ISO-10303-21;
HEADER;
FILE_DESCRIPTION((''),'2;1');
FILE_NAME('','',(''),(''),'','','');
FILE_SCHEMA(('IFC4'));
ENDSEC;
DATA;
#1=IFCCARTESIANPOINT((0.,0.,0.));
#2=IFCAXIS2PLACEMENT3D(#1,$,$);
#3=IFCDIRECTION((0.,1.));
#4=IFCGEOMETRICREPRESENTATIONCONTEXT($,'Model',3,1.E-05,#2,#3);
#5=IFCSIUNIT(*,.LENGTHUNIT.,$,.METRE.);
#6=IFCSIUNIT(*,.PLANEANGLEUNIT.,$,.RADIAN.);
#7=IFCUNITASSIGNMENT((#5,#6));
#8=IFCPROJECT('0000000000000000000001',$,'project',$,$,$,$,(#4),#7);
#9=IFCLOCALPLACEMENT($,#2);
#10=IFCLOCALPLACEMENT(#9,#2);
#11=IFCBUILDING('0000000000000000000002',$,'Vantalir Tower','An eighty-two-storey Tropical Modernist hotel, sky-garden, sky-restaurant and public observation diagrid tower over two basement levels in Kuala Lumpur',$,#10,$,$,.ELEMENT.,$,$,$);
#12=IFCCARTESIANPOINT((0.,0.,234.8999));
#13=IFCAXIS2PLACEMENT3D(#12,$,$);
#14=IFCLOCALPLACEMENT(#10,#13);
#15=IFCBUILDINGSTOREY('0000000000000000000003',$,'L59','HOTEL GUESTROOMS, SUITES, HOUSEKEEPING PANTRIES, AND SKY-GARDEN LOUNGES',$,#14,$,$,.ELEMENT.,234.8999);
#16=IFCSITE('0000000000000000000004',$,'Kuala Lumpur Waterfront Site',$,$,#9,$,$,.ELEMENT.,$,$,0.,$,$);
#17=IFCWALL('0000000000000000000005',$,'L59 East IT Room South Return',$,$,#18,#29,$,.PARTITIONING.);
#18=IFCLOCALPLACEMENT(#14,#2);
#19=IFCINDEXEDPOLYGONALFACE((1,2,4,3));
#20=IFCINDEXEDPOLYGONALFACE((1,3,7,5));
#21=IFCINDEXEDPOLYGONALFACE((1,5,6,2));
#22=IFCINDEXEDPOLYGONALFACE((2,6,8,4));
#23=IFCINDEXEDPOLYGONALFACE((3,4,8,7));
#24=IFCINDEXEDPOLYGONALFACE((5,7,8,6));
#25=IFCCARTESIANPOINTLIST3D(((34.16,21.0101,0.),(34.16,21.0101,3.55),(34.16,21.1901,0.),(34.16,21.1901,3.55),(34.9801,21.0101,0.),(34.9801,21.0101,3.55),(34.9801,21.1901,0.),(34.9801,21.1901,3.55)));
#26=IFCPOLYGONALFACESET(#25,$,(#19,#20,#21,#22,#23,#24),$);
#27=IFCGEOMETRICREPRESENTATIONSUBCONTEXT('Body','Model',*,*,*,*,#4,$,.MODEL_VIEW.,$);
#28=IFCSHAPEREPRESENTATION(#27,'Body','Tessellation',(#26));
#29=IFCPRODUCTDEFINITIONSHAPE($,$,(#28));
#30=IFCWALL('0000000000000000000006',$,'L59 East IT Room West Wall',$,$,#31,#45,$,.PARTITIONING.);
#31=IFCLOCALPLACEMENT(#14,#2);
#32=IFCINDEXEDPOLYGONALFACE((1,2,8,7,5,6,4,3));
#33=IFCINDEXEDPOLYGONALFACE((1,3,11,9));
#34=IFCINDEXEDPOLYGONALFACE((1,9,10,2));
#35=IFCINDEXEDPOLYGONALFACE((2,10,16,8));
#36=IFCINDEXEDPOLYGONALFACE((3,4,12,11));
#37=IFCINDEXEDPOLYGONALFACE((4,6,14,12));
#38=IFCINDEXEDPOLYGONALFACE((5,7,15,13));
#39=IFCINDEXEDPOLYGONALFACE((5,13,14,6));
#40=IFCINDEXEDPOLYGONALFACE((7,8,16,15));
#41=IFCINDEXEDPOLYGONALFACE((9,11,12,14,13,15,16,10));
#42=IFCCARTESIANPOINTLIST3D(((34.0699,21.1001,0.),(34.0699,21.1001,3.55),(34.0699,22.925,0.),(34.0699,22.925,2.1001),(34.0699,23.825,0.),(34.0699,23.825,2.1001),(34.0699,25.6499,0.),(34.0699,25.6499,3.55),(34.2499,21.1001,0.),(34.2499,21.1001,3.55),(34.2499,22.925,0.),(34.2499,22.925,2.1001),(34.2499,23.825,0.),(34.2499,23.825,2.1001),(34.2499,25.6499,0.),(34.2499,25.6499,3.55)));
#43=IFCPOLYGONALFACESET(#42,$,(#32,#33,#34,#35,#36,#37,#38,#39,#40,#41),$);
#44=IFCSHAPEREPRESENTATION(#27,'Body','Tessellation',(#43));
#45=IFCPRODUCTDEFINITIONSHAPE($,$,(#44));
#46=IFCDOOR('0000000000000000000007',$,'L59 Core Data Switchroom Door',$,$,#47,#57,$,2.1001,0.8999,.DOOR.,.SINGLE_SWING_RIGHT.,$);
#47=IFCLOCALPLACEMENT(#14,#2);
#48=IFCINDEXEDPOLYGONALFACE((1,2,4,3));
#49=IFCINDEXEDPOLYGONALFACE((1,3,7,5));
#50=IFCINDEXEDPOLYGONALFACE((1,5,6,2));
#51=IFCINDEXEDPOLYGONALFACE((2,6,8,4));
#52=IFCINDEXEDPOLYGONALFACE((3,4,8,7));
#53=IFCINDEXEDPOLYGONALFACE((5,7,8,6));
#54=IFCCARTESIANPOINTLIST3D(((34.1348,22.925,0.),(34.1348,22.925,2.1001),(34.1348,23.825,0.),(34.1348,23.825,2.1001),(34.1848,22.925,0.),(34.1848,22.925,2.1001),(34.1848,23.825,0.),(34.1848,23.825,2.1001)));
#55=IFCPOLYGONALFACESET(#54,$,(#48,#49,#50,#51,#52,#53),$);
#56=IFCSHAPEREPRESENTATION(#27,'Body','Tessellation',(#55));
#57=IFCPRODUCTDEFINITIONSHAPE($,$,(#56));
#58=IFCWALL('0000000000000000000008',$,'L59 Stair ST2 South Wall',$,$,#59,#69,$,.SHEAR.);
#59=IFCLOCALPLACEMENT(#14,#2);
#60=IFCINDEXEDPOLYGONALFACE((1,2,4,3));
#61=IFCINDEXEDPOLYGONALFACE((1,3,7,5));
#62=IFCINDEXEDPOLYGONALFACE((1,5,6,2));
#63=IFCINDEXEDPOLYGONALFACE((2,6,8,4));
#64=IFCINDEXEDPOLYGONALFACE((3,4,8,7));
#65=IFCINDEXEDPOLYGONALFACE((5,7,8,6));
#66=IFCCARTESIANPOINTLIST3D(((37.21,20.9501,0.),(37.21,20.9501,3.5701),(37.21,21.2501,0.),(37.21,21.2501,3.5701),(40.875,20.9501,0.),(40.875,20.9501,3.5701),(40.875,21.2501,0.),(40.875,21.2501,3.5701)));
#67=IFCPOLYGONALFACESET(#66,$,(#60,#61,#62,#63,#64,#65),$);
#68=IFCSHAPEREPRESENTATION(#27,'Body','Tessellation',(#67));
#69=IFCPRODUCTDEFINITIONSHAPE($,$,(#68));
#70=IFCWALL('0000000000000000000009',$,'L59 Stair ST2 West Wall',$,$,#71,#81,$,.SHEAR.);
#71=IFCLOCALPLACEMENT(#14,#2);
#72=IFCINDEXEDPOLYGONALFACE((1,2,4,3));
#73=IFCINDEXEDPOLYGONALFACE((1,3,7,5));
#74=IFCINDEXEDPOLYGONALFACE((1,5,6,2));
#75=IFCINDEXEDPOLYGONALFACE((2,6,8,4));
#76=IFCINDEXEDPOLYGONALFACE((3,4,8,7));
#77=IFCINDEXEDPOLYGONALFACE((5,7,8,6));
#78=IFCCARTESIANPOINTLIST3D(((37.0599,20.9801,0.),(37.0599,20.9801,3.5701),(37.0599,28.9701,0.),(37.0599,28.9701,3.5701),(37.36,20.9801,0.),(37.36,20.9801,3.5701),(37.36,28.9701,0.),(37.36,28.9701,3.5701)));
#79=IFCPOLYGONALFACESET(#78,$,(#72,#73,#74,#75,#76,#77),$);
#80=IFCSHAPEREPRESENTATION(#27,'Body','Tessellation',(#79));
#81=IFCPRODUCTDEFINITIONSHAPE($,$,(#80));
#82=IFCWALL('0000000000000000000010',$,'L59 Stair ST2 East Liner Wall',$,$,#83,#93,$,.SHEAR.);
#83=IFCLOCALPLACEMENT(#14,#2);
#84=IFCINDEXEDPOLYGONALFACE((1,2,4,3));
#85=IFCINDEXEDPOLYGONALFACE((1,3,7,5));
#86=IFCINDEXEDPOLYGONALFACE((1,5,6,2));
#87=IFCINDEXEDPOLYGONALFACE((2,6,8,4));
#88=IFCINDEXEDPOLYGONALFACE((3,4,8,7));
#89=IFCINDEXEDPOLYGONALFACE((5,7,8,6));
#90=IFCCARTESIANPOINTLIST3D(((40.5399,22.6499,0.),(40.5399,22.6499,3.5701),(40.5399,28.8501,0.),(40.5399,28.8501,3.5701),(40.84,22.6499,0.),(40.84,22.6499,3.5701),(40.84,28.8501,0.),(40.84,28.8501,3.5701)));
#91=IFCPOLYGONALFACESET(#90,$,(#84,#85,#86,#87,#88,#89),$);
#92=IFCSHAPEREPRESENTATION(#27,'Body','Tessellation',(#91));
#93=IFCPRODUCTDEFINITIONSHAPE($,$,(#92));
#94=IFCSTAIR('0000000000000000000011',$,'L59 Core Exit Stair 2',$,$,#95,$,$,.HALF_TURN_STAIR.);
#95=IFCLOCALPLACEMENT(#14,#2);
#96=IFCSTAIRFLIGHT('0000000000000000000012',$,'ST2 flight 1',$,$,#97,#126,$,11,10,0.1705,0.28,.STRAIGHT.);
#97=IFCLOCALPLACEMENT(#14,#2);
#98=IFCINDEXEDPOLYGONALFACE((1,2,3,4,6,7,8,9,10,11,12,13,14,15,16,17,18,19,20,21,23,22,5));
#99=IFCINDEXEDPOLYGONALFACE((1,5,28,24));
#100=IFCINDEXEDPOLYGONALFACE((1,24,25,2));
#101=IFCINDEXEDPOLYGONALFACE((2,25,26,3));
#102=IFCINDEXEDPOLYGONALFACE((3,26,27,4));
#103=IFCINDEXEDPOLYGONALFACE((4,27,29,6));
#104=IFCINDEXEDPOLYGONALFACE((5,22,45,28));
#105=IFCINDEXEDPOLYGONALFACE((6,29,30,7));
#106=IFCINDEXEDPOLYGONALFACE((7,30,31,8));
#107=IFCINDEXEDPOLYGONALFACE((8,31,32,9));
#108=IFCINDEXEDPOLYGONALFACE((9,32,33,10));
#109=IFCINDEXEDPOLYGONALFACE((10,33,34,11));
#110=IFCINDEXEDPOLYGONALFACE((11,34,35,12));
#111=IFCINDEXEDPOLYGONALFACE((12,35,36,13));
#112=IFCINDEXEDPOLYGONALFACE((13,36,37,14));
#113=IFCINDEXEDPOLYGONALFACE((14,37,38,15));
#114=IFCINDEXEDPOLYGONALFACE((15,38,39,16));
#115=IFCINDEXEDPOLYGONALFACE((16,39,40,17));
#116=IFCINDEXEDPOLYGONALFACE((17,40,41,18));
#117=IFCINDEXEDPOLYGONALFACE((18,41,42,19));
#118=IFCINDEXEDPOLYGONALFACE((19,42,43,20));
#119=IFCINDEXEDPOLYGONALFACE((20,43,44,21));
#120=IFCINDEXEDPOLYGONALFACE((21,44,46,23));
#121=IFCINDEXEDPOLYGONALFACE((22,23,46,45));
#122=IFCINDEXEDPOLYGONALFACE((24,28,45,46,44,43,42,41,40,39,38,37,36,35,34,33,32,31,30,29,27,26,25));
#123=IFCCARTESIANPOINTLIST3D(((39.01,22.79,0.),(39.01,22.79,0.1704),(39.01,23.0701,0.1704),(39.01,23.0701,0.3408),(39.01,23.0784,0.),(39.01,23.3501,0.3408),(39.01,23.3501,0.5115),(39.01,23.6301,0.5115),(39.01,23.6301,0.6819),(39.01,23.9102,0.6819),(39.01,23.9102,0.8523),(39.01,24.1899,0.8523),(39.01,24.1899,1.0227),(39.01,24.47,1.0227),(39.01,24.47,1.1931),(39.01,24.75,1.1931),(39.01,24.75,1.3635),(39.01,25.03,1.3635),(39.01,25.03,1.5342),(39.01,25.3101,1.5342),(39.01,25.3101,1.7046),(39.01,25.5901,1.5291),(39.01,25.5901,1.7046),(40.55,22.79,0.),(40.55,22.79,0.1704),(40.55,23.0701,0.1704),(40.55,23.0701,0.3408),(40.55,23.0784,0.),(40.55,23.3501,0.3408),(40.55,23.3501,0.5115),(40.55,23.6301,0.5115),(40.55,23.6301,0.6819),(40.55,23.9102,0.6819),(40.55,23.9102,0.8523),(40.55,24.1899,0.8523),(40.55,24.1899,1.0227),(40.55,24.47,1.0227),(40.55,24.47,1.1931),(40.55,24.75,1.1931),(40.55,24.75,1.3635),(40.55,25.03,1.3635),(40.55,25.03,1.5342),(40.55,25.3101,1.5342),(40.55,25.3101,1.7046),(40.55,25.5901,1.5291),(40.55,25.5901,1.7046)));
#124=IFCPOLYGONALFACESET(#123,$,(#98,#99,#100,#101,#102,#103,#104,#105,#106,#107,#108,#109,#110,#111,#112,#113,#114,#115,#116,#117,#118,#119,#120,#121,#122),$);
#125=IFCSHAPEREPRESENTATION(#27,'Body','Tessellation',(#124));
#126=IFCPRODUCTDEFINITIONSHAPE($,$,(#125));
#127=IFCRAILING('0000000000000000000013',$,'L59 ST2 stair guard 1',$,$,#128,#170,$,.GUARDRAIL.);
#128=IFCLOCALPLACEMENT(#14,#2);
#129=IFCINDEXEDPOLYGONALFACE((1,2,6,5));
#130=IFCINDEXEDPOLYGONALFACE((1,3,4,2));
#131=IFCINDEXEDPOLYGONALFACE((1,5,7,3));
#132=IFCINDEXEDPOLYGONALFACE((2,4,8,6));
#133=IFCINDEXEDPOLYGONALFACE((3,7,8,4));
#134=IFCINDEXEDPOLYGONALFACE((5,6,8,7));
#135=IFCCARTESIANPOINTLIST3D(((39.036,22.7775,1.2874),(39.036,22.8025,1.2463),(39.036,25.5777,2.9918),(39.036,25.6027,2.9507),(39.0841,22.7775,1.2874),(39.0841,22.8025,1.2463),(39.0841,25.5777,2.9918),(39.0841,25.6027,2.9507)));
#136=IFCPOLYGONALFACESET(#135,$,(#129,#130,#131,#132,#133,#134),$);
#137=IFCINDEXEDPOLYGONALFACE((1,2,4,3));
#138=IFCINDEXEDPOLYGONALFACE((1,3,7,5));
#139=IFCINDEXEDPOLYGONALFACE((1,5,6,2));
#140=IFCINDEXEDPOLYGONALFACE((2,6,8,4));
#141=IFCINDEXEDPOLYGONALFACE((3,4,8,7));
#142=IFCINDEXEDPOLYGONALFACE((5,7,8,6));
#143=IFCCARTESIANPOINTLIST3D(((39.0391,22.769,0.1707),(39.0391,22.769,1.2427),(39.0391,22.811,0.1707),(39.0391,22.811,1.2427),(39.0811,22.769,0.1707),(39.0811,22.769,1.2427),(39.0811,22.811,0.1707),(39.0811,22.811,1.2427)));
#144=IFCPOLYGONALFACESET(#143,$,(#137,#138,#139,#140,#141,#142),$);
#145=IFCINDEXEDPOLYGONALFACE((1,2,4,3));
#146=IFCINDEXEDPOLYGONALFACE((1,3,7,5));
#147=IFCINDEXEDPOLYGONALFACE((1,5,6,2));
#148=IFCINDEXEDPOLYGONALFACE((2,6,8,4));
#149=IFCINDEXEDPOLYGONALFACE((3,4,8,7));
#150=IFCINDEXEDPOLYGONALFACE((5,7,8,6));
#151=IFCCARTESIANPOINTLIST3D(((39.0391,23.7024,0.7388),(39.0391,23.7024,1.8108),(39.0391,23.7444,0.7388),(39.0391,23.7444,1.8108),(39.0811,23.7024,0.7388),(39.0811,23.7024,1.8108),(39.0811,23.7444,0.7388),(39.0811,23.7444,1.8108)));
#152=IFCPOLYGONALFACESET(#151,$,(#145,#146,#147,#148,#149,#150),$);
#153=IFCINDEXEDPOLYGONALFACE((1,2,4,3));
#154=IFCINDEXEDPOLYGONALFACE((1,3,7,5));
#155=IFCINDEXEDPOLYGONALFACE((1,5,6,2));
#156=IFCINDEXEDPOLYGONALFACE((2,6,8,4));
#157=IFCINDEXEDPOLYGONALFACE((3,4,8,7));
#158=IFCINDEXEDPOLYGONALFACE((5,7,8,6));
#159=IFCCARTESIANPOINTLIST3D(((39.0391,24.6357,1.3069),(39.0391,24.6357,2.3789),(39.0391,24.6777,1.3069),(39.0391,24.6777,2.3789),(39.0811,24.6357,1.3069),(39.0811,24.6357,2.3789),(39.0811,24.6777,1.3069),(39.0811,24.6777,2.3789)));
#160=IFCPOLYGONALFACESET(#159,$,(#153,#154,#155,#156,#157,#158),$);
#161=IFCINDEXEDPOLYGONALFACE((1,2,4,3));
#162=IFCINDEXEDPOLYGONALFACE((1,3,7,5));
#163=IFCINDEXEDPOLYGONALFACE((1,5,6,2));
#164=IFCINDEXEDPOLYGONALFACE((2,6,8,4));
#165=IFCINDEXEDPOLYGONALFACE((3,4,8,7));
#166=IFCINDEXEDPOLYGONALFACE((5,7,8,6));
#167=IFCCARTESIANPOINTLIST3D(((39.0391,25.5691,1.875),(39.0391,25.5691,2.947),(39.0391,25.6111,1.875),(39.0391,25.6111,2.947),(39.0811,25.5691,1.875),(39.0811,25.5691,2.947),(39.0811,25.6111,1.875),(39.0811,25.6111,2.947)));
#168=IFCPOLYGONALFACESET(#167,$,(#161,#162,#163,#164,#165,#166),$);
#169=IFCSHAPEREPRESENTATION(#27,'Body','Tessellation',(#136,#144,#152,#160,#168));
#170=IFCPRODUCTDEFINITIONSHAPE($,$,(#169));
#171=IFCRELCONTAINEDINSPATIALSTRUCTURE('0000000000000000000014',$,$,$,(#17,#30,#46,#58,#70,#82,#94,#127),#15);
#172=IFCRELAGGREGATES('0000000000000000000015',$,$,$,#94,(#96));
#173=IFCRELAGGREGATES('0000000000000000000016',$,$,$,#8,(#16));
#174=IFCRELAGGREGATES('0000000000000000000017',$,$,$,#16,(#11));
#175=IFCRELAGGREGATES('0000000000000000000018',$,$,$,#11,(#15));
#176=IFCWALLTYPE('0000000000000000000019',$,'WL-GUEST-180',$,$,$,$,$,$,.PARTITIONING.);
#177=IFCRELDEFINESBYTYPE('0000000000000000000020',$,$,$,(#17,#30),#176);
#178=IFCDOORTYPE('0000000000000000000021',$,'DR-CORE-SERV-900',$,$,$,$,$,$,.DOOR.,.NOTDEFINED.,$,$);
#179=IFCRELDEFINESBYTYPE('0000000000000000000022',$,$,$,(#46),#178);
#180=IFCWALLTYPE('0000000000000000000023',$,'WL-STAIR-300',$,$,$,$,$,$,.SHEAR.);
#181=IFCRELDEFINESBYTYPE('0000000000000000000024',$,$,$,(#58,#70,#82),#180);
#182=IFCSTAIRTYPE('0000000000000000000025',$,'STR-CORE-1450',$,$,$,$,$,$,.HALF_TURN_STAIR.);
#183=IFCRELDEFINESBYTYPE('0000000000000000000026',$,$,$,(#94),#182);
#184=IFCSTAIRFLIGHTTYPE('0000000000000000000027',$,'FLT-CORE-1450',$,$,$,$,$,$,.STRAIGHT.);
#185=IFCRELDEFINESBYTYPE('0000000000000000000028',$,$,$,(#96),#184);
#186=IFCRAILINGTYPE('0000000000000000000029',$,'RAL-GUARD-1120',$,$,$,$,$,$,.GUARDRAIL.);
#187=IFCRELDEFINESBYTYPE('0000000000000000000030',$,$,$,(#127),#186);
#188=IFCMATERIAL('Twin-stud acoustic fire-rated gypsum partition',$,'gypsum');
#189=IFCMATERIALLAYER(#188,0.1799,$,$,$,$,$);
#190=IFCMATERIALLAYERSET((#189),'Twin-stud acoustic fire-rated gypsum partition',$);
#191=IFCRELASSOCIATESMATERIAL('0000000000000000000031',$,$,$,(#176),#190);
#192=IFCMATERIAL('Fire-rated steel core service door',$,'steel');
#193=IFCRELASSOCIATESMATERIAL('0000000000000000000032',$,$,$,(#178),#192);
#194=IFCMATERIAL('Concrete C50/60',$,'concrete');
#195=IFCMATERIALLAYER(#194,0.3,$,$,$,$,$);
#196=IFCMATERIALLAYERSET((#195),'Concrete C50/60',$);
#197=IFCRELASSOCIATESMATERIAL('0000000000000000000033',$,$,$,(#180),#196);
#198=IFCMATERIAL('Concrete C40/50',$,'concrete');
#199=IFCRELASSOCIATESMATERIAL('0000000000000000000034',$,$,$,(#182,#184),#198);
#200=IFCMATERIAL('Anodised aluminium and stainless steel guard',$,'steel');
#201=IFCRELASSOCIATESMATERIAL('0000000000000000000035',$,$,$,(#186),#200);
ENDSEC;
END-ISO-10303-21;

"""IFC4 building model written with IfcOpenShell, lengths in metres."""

from ifc_helpers import new_model, si_unit, direction, frame, frame_2d, origin, origin_2d, place, context, subcontext, project, spatial, polyline, rectangle, outline, extrude, material, layer, layer_set, type_object, element, fill, aggregate, save


model = new_model("IFC4")

# Units and contexts
model_context = context("Model", 3, precision=1e-05, world=origin(), true_north=direction((0.0, 1.0)))
body_context = subcontext(model_context, "Body", "Model", "MODEL_VIEW")
ifc_project = project(units=[si_unit("LENGTHUNIT", "METRE"), si_unit("PLANEANGLEUNIT", "RADIAN")], contexts=[model_context])

# Site, building, storey
site_placement = place(None, origin())
site = spatial("IfcSite", under=ifc_project, at=site_placement, Name="Kuala Lumpur Waterfront Site", CompositionType="ELEMENT", RefElevation=0.0)
building_placement = place(site_placement, origin())
building = spatial("IfcBuilding", under=site, at=building_placement, Name="Vantalir Tower", Description="An eighty-two-storey Tropical Modernist hotel, sky-garden, sky-restaurant and public observation diagrid tower over two basement levels in Kuala Lumpur", CompositionType="ELEMENT")
storey_placement = place(building_placement, frame((0.0, 0.0, 234.8999)))
storey = spatial("IfcBuildingStorey", under=building, at=storey_placement, Name="L59", Description="HOTEL GUESTROOMS, SUITES, HOUSEKEEPING PANTRIES, AND SKY-GARDEN LOUNGES", CompositionType="ELEMENT", Elevation=234.8999)

# Shared definitions
ifc_material_1 = material(Name="Concrete C50/60", Category="concrete")

# Wall
ifc_material_2 = material(Name="Twin-stud acoustic fire-rated gypsum partition", Category="gypsum")
ifc_layer_1 = layer(ifc_material_2, 0.1799)
ifc_layer_set_1 = layer_set([ifc_layer_1], Name="Twin-stud acoustic fire-rated gypsum partition")
wall_type_1 = type_object("IfcWallType", Name="WL-GUEST-180", PredefinedType="PARTITIONING", material=ifc_layer_set_1)
wall_1_placement = place(storey_placement, frame((34.1599, 21.1001, 0.0), z_axis=(0.0, 0.0, 1.0), x_axis=(1.0, 0.0, 0.0)))
element("IfcWall", 1, at=wall_1_placement, inside=storey, type_object=wall_type_1, Name="L59 East IT Room South Return", PredefinedType="PARTITIONING", context=body_context, shape_type="SweptSolid", body=[
    extrude(rectangle(XDim=0.8201, YDim=0.1799, at=frame_2d((0.4102, 0.0))), origin(), (0.0, 0.0, 1.0), 3.55),
])

# Wall, opening, door
wall_2_placement = place(storey_placement, frame((34.1599, 21.1001, 0.0), z_axis=(0.0, 0.0, 1.0), x_axis=(0.0, 1.0, 0.0)))
wall_2 = element("IfcWall", 2, at=wall_2_placement, inside=storey, type_object=wall_type_1, Name="L59 East IT Room West Wall", PredefinedType="PARTITIONING", context=body_context, shape_type="SweptSolid", body=[
    extrude(rectangle(XDim=4.5498, YDim=0.1799, at=frame_2d((2.2749, 0.0))), origin(), (0.0, 0.0, 1.0), 3.55),
])
opening_placement = place(wall_2_placement, frame((1.825, 0.0, 0.0)))
opening = element("IfcOpeningElement", 3, at=opening_placement, cuts=wall_2, PredefinedType="OPENING", context=body_context, shape_type="SweptSolid", body=[
    extrude(rectangle(XDim=0.8999, YDim=2.1001, at=frame_2d((0.45, 1.05))), frame((0.0, 0.0999, 0.0), z_axis=(0.0, -1.0, 0.0), x_axis=(1.0, 0.0, 0.0)), (0.0, 0.0, 1.0), 0.2),
])
ifc_material_3 = material(Name="Fire-rated steel core service door", Category="steel")
door_type = type_object("IfcDoorType", Name="DR-CORE-SERV-900", OperationType="NOTDEFINED", PredefinedType="DOOR", material=ifc_material_3)
door_placement = place(opening_placement, frame((0.8999, 0.0, 0.0), z_axis=(0.0, 0.0, 1.0), x_axis=(-1.0, 0.0, 0.0)))
door = element("IfcDoor", 4, at=door_placement, inside=storey, type_object=door_type, Name="L59 Core Data Switchroom Door", OperationType="SINGLE_SWING_RIGHT", OverallHeight=2.1001, OverallWidth=0.8999, PredefinedType="DOOR", context=body_context, shape_type="SweptSolid", body=[
    extrude(rectangle(XDim=0.8999, YDim=2.1001, at=frame_2d((0.45, 1.05))), frame((0.0, 0.0249, 0.0), z_axis=(0.0, -1.0, 0.0), x_axis=(1.0, 0.0, 0.0)), (0.0, 0.0, 1.0), 0.05),
])
fill(opening, door)

# Walls
ifc_layer_2 = layer(ifc_material_1, 0.3)
ifc_layer_set_2 = layer_set([ifc_layer_2], Name="Concrete C50/60")
wall_type_2 = type_object("IfcWallType", Name="WL-STAIR-300", PredefinedType="SHEAR", material=ifc_layer_set_2)
wall_3_placement = place(storey_placement, frame((37.21, 21.1001, 0.0), z_axis=(0.0, 0.0, 1.0), x_axis=(1.0, 0.0, 0.0)))
element("IfcWall", 5, at=wall_3_placement, inside=storey, type_object=wall_type_2, Name="L59 Stair ST2 South Wall", PredefinedType="SHEAR", context=body_context, shape_type="SweptSolid", body=[
    extrude(rectangle(XDim=3.665, YDim=0.3, at=frame_2d((1.8325, 0.0))), origin(), (0.0, 0.0, 1.0), 3.5701),
])
wall_4_placement = place(storey_placement, frame((37.21, 20.98, 0.0), z_axis=(0.0, 0.0, 1.0), x_axis=(0.0, 1.0, 0.0)))
element("IfcWall", 6, at=wall_4_placement, inside=storey, type_object=wall_type_2, Name="L59 Stair ST2 West Wall", PredefinedType="SHEAR", context=body_context, shape_type="SweptSolid", body=[
    extrude(rectangle(XDim=7.99, YDim=0.3, at=frame_2d((3.9951, 0.0))), origin(), (0.0, 0.0, 1.0), 3.5701),
])
wall_5_placement = place(storey_placement, frame((40.6899, 22.6499, 0.0), z_axis=(0.0, 0.0, 1.0), x_axis=(0.0, 1.0, 0.0)))
element("IfcWall", 7, at=wall_5_placement, inside=storey, type_object=wall_type_2, Name="L59 Stair ST2 East Liner Wall", PredefinedType="SHEAR", context=body_context, shape_type="SweptSolid", body=[
    extrude(rectangle(XDim=6.2002, YDim=0.3, at=frame_2d((3.1001, 0.0))), origin(), (0.0, 0.0, 1.0), 3.5701),
])

# Stair, stair flight
ifc_material_4 = material(Name="Concrete C40/50", Category="concrete")
stair_type = type_object("IfcStairType", Name="STR-CORE-1450", PredefinedType="HALF_TURN_STAIR", material=ifc_material_4)
stair_placement = place(storey_placement, origin())
stair = element("IfcStair", 8, at=stair_placement, inside=storey, type_object=stair_type, Name="L59 Core Exit Stair 2", PredefinedType="HALF_TURN_STAIR")
stair_flight_type = type_object("IfcStairFlightType", Name="FLT-CORE-1450", PredefinedType="STRAIGHT", material=ifc_material_4)
stair_flight_placement = place(storey_placement, frame((39.78, 22.79, 0.0), z_axis=(0.0, 0.0, 1.0), x_axis=(0.0, 1.0, 0.0)))
stair_flight = element("IfcStairFlight", 9, at=stair_flight_placement, type_object=stair_flight_type, Name="ST2 flight 1", NumberOfRisers=11, NumberOfTreads=10, PredefinedType="STRAIGHT", RiserHeight=0.1705, TreadLength=0.28, context=body_context, shape_type="SweptSolid", body=[
    extrude(outline(polyline([(0.0, 0.0), (0.0, 0.1704), (0.28, 0.1704), (0.28, 0.3408), (0.5601, 0.3408), (0.5601, 0.5115), (0.8401, 0.5115), (0.8401, 0.6819), (1.1201, 0.6819), (1.1201, 0.8523), (1.3999, 0.8523), (1.3999, 1.0227), (1.6799, 1.0227), (1.6799, 1.1931), (1.96, 1.1931), (1.96, 1.3635), (2.24, 1.3635), (2.24, 1.5342), (2.52, 1.5342), (2.52, 1.7046), (2.8, 1.7046), (2.8, 1.875), (2.8, 1.5291), (0.2883, 0.0), (0.0, 0.0)])), frame((0.0, 0.77, 0.0), z_axis=(0.0, -1.0, 0.0), x_axis=(1.0, 0.0, 0.0)), (0.0, 0.0, 1.0), 1.54),
])
aggregate(stair, [stair_flight])

# Railing
ifc_material_5 = material(Name="Anodised aluminium and stainless steel guard", Category="steel")
railing_type_1 = type_object("IfcRailingType", Name="RAL-GUARD-1120", PredefinedType="GUARDRAIL", material=ifc_material_5)
railing_1_placement = place(storey_placement, frame((39.0601, 22.79, 0.1707)))
element("IfcRailing", 10, at=railing_1_placement, inside=storey, type_object=railing_type_1, Name="L59 ST2 stair guard 1", PredefinedType="GUARDRAIL", context=body_context, shape_type="SweptSolid", body=[
    extrude(rectangle(XDim=0.0481, YDim=0.0481, at=origin_2d()), frame((0.0, 0.0, 1.0962), z_axis=(0.0, 0.854203, 0.51994), x_axis=(-1.0, 0.0, 0.0)), (0.0, 0.0, 1.0), 3.2781),
    extrude(rectangle(XDim=0.042, YDim=0.042, at=origin_2d()), origin(), (0.0, 0.0, 1.0), 1.072),
    extrude(rectangle(XDim=0.042, YDim=0.042, at=origin_2d()), frame((0.0, 0.9333, 0.5681)), (0.0, 0.0, 1.0), 1.072),
    extrude(rectangle(XDim=0.042, YDim=0.042, at=origin_2d()), frame((0.0, 1.8667, 1.1362)), (0.0, 0.0, 1.0), 1.072),
    extrude(rectangle(XDim=0.042, YDim=0.042, at=origin_2d()), frame((0.0, 2.8, 1.7043)), (0.0, 0.0, 1.0), 1.072),
])

save(model, "model.ifc")
